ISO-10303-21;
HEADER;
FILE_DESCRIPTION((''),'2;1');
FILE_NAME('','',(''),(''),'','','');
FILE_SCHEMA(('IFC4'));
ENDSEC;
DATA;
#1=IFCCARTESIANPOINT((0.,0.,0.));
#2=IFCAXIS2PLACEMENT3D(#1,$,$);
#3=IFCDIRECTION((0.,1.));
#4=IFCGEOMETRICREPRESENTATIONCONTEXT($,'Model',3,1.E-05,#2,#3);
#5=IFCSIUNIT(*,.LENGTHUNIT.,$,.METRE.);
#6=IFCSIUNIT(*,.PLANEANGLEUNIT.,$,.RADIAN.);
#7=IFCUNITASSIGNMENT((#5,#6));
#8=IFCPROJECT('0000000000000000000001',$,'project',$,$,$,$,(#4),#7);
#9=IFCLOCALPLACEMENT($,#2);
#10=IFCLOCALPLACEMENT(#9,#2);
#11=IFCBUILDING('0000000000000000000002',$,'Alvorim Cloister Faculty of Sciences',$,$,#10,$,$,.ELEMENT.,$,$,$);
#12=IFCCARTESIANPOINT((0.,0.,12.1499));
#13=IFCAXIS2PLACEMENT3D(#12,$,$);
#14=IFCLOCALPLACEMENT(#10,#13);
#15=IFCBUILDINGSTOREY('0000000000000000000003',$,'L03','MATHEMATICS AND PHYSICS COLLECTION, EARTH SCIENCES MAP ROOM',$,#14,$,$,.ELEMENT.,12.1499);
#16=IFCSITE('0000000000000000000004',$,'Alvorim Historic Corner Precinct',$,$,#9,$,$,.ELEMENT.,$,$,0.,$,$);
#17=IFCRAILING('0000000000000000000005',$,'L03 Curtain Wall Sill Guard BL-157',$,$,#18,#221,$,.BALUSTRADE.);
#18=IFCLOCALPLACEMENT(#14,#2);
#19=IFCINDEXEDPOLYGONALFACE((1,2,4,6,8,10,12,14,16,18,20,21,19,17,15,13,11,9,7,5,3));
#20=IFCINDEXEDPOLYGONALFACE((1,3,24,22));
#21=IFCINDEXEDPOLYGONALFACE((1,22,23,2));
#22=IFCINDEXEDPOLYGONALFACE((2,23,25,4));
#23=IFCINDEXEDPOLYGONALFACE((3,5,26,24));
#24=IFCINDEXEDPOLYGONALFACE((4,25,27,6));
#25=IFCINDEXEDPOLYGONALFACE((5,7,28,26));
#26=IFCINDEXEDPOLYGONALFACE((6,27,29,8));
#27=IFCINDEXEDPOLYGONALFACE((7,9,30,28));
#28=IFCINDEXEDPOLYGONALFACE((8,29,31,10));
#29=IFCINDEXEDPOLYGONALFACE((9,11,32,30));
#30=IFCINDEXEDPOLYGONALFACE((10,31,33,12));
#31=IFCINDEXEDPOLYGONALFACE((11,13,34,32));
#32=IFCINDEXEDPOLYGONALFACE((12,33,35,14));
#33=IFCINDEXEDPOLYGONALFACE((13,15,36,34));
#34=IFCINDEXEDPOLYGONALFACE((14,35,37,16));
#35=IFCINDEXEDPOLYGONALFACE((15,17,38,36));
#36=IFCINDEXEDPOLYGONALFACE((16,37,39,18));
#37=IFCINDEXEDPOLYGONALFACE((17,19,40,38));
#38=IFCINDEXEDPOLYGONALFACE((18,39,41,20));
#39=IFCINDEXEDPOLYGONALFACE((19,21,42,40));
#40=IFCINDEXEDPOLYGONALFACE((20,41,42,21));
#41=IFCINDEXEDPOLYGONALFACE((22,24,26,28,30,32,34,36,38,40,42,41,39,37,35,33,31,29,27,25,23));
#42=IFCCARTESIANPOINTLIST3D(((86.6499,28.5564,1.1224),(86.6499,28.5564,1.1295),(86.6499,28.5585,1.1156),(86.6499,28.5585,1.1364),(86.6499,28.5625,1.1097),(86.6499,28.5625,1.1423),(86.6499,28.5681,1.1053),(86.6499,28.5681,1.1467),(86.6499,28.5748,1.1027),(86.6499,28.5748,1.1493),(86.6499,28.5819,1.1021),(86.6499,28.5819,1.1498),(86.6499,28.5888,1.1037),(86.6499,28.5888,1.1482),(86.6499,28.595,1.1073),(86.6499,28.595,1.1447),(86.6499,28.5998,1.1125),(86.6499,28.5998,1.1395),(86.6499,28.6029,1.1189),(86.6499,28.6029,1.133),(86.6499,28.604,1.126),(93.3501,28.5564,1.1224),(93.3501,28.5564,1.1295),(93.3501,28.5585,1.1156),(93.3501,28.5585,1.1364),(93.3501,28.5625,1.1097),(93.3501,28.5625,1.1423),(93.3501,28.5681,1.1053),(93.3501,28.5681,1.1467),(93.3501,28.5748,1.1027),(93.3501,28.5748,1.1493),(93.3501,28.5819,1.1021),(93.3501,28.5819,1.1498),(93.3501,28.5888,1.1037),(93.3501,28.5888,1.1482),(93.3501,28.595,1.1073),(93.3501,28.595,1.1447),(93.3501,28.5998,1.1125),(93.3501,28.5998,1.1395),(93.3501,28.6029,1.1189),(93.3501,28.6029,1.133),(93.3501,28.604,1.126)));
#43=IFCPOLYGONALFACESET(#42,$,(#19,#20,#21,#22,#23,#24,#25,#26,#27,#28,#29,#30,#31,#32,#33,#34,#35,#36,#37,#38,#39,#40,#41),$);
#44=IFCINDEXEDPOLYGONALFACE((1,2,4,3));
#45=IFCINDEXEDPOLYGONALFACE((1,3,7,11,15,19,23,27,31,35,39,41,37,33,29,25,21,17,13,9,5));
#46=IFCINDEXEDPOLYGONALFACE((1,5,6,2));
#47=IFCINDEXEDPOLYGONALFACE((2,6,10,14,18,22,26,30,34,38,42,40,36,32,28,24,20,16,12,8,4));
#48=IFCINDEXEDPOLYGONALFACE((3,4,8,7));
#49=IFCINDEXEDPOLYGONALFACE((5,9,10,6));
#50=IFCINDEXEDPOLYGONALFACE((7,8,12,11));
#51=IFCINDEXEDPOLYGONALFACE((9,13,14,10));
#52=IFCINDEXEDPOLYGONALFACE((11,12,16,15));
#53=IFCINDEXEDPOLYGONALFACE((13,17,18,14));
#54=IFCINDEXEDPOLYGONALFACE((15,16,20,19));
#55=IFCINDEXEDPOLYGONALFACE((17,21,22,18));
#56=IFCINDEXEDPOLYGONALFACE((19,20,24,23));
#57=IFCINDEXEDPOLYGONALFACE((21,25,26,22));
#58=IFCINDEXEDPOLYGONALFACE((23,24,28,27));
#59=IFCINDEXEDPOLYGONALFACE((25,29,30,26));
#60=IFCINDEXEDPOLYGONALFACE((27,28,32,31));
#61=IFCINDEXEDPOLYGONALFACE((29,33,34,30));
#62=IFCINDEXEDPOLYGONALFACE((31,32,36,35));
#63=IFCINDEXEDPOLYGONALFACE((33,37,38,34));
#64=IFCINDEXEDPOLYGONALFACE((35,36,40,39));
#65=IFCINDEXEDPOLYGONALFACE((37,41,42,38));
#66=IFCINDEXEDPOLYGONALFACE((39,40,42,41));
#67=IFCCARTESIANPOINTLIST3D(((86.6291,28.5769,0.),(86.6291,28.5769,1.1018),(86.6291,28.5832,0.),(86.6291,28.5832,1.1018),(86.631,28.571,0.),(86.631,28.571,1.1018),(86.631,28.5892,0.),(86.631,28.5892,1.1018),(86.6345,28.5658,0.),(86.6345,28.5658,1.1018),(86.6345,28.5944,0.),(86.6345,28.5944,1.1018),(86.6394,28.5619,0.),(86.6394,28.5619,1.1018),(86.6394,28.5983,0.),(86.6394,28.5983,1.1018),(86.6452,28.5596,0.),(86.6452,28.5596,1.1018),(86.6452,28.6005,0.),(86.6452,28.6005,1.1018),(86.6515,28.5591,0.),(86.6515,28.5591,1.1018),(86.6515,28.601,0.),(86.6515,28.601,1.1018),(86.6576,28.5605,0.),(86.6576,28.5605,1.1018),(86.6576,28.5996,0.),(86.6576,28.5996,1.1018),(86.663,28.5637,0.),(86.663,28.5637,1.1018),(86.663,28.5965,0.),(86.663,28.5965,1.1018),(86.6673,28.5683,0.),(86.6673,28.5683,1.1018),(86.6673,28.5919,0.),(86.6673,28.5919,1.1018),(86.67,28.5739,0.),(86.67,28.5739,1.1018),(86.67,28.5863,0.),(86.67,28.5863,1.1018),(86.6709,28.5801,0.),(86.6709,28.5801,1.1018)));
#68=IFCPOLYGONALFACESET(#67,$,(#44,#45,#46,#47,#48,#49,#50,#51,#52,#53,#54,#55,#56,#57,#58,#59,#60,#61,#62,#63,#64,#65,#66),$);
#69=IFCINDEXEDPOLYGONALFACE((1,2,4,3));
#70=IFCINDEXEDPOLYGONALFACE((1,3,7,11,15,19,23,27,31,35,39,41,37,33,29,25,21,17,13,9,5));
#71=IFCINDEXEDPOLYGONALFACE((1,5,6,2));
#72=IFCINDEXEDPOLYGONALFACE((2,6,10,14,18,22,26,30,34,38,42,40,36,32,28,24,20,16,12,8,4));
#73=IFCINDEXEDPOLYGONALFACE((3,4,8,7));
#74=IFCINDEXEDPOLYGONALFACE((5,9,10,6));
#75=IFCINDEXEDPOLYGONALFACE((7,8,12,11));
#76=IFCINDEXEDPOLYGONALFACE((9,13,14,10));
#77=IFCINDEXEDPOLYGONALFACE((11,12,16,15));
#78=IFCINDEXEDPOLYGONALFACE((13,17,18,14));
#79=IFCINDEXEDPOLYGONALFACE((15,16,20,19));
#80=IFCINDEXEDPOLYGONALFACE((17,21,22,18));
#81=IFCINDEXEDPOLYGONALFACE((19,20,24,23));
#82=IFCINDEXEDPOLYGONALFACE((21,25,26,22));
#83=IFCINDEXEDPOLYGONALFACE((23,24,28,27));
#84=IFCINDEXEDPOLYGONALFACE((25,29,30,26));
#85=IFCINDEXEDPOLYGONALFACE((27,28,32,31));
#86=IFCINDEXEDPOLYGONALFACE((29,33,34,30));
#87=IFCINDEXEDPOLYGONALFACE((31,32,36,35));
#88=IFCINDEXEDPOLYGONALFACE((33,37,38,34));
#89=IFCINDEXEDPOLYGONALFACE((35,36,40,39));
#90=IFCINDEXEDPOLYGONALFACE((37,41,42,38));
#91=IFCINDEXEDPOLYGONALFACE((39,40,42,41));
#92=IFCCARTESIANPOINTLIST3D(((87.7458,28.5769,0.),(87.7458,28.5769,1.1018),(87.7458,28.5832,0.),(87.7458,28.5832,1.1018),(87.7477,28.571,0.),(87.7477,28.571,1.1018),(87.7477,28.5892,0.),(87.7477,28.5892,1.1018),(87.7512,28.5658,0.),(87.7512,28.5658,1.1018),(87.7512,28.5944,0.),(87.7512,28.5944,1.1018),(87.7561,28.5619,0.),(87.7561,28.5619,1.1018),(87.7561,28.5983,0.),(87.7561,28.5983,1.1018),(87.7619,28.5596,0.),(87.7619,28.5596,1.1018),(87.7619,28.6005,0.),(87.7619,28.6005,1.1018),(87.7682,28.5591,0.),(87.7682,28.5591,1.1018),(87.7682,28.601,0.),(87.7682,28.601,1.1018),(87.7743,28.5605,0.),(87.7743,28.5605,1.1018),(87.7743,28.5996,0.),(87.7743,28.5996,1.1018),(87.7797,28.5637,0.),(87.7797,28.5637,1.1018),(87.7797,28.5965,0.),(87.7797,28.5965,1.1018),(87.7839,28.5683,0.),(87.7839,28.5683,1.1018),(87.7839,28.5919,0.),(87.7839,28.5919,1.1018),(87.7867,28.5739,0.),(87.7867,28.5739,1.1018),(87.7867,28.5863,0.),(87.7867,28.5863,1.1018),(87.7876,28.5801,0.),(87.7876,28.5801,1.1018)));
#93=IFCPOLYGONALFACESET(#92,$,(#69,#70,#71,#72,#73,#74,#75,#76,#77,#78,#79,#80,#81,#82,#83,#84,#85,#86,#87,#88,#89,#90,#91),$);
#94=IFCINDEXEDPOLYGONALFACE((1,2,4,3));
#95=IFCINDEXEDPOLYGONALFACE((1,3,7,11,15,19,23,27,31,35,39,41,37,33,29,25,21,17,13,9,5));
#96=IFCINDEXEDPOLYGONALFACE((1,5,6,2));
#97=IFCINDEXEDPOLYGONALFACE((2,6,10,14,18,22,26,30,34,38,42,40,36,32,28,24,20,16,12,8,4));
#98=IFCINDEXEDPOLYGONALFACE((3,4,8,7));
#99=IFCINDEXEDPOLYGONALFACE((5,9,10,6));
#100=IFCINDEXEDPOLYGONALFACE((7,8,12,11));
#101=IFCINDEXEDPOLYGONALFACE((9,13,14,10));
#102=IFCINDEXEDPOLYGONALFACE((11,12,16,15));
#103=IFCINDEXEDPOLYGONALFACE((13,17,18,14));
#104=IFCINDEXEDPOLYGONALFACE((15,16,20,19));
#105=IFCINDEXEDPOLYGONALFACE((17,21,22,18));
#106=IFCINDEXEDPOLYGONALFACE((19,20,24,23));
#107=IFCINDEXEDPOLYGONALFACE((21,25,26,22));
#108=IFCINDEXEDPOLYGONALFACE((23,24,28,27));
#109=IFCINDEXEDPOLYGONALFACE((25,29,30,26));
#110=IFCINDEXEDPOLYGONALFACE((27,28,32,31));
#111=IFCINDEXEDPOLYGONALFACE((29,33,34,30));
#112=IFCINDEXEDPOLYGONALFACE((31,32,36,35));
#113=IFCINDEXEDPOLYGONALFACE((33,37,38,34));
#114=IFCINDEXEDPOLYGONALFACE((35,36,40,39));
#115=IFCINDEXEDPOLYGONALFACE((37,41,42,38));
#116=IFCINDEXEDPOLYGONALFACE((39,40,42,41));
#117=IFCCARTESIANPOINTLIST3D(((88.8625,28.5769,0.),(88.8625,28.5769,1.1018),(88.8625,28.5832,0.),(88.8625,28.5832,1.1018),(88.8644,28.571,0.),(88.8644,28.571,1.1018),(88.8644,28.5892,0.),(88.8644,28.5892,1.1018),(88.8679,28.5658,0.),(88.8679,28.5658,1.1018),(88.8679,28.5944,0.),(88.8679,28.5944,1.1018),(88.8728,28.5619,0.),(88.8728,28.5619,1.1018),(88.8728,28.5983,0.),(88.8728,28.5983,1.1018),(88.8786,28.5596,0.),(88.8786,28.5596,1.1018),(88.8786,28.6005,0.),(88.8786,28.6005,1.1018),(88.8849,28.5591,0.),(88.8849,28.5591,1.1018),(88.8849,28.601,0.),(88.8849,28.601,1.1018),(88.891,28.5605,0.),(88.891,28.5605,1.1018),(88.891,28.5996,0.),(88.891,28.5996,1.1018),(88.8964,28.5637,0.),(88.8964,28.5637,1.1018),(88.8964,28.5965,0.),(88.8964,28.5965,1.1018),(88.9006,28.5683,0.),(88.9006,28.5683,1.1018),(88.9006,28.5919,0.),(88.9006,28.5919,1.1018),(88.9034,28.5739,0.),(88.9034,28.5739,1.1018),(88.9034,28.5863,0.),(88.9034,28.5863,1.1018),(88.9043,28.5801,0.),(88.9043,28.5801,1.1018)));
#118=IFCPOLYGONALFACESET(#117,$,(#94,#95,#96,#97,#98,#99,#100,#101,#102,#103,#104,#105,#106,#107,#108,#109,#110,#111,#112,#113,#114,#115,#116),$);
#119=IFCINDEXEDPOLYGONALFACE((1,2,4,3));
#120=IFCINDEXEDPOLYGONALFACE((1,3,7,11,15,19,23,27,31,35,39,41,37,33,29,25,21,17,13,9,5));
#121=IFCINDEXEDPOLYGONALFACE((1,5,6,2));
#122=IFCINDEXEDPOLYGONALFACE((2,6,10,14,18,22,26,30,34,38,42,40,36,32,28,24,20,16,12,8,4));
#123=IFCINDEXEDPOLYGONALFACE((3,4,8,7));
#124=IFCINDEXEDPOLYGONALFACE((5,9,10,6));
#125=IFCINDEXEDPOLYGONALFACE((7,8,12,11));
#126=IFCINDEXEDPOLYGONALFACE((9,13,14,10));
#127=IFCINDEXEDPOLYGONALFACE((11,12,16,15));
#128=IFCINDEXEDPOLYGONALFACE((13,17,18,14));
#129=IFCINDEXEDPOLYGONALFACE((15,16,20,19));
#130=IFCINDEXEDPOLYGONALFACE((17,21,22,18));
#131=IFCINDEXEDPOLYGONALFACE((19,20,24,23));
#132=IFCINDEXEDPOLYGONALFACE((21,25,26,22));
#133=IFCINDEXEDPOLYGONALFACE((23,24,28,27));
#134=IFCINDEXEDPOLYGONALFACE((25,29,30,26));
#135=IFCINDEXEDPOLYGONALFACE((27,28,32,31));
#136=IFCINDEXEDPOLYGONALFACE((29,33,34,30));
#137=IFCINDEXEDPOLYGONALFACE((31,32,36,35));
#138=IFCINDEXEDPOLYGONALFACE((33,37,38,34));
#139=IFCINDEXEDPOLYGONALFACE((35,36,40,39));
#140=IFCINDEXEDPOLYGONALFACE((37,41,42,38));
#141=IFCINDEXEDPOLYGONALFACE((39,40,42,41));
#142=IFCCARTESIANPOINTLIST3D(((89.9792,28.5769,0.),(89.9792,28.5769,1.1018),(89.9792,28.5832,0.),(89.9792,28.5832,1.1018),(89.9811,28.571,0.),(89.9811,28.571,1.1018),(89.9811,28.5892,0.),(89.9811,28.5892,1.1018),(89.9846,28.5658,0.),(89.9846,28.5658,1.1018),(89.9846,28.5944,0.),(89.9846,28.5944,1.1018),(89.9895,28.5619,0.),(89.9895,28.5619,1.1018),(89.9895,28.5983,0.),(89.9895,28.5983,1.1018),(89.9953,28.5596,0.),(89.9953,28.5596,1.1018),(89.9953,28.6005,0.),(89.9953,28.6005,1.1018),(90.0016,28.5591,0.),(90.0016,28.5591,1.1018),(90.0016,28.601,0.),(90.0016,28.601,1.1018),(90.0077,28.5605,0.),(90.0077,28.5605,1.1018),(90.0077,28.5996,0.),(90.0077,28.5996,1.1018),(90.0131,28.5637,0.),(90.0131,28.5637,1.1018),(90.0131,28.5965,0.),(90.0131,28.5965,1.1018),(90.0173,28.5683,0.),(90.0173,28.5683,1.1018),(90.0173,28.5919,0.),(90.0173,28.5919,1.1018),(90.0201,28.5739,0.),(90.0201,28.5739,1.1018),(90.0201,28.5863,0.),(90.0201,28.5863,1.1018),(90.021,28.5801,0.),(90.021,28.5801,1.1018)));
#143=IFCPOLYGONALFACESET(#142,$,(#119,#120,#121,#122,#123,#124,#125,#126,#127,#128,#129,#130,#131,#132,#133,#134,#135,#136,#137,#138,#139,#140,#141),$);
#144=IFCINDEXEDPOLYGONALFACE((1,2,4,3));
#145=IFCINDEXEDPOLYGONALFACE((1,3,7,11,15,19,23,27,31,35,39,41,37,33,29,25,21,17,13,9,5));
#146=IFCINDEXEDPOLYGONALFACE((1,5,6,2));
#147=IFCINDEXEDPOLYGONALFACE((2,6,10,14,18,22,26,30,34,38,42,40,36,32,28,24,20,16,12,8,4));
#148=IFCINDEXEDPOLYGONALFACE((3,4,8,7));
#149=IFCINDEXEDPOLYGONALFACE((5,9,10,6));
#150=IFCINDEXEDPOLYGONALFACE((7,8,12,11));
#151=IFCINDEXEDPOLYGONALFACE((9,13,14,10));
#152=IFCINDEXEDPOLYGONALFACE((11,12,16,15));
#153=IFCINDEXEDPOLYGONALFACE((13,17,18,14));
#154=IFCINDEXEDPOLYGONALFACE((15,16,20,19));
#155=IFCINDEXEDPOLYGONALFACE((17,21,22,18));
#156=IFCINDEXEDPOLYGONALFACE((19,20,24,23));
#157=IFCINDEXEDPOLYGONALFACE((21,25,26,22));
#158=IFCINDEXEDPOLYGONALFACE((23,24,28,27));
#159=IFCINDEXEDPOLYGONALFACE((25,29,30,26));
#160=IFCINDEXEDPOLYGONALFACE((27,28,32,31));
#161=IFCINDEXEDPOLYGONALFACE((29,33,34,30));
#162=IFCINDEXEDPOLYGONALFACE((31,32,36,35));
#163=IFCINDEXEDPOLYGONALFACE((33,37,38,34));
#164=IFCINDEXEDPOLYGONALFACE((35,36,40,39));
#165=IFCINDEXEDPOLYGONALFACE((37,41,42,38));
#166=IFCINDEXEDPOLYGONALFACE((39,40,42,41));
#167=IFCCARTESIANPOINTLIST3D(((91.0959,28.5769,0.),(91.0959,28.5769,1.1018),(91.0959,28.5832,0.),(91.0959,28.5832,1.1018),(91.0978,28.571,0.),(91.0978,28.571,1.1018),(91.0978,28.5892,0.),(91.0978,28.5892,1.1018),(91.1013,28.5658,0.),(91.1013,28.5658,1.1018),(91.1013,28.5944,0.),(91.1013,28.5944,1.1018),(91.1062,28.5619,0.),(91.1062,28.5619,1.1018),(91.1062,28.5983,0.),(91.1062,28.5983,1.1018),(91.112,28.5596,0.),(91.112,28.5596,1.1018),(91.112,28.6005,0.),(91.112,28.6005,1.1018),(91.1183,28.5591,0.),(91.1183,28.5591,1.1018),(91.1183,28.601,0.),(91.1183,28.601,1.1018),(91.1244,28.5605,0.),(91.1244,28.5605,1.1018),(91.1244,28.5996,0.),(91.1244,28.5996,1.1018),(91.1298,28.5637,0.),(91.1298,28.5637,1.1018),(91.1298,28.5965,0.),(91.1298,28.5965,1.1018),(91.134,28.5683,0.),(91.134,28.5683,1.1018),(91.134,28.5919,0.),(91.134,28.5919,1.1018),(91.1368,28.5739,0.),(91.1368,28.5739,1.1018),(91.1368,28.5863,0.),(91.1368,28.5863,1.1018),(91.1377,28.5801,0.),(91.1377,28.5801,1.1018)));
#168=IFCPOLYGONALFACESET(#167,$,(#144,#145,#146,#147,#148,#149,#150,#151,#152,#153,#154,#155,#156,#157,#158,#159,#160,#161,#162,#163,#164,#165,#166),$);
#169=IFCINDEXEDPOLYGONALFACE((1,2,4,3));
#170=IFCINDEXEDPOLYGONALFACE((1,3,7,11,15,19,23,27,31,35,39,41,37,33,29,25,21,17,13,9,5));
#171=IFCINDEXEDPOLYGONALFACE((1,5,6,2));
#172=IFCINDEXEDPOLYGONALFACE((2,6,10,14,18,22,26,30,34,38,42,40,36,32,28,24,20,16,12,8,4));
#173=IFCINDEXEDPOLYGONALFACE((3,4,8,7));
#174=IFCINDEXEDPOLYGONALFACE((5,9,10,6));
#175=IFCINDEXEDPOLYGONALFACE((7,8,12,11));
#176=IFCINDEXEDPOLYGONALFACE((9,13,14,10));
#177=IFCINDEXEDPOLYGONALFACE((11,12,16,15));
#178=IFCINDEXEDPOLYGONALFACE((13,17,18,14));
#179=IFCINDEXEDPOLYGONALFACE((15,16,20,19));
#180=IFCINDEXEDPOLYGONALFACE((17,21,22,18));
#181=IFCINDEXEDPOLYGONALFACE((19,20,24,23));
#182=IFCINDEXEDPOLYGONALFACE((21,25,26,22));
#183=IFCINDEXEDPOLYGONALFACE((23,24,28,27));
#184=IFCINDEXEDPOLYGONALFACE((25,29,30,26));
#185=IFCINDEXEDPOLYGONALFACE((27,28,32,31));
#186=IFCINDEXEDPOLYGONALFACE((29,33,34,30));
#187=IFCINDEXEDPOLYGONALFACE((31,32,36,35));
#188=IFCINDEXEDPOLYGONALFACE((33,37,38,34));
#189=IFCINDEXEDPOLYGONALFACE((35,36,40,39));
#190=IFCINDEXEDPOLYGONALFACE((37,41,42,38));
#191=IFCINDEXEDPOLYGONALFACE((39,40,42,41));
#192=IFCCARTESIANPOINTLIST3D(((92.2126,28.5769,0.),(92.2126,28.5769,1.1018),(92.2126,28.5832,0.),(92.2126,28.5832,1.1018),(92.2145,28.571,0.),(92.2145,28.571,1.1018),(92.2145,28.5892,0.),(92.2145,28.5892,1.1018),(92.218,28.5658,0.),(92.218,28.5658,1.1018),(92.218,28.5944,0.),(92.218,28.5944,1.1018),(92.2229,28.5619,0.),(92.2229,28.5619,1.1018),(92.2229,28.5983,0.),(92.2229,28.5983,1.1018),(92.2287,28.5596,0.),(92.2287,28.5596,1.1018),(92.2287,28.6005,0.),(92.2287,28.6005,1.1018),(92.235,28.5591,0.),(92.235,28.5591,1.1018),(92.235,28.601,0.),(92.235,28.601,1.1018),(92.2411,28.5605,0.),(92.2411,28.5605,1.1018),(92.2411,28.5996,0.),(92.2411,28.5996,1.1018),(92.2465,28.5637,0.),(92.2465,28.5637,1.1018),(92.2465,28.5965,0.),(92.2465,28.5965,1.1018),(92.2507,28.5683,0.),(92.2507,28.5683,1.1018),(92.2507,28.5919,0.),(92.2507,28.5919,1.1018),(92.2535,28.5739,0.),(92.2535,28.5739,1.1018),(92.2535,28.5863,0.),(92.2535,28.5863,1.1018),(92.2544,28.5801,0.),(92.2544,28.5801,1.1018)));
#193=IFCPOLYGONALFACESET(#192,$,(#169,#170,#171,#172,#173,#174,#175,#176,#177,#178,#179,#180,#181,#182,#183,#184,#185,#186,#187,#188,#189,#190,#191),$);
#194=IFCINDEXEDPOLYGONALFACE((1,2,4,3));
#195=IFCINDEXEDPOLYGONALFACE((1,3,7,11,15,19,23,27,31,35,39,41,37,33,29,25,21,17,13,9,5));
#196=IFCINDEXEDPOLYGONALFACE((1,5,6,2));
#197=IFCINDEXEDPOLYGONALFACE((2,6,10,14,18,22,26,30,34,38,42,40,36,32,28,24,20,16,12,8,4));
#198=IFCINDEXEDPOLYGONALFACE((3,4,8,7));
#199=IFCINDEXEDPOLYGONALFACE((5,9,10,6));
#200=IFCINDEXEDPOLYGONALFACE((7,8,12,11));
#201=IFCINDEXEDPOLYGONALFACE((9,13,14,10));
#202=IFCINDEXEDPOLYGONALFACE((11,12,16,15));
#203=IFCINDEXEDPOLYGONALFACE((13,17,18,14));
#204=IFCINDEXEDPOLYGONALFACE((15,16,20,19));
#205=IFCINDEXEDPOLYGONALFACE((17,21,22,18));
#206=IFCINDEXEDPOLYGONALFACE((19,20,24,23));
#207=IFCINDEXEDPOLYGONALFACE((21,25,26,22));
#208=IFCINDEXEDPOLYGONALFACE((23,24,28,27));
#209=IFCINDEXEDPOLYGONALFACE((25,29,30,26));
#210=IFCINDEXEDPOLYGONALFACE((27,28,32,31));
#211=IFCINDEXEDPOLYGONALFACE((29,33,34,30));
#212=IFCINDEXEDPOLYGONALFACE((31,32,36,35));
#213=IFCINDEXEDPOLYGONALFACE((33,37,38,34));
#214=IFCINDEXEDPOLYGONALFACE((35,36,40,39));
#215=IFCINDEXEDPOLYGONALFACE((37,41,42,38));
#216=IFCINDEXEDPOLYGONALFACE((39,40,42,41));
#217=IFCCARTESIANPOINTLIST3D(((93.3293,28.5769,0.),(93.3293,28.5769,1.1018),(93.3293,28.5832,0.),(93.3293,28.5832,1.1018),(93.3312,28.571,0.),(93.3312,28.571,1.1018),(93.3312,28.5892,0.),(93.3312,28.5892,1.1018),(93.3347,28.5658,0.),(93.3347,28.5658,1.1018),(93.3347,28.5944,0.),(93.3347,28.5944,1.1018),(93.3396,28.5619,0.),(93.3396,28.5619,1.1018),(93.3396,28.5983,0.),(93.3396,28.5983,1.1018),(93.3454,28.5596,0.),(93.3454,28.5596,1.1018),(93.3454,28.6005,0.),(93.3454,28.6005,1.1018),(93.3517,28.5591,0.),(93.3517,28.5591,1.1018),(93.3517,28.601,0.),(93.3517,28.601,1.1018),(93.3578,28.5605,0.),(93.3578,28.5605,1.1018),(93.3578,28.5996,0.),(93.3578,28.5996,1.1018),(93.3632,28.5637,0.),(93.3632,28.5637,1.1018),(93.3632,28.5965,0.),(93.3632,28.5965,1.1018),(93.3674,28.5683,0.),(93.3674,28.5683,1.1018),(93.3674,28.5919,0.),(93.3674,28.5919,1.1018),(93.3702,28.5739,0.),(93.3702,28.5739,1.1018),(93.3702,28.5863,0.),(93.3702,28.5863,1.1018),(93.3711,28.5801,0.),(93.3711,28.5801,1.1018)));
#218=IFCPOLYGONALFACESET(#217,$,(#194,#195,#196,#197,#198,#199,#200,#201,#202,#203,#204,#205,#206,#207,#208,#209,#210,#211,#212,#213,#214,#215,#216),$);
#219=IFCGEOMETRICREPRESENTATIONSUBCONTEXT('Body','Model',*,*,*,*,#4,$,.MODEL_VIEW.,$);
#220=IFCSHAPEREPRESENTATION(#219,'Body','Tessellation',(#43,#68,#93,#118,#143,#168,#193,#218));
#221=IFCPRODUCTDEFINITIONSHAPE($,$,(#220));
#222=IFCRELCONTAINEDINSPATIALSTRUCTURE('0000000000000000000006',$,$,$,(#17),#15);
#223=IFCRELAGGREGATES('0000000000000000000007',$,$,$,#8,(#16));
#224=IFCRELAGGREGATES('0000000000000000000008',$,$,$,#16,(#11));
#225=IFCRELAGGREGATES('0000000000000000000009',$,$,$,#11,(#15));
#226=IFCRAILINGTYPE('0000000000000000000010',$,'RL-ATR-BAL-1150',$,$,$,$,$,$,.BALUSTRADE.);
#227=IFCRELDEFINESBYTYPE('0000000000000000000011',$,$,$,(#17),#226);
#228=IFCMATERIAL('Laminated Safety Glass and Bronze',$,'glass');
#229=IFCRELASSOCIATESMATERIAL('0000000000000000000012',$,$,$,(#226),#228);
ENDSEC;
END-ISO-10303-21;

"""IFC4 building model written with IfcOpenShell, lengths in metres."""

from ifc_helpers import new_model, si_unit, direction, frame, origin, origin_2d, place, context, subcontext, project, spatial, circle, extrude, material, type_object, element, save


model = new_model("IFC4")

# Units and contexts
model_context = context("Model", 3, precision=1e-05, world=origin(), true_north=direction((0.0, 1.0)))
body_context = subcontext(model_context, "Body", "Model", "MODEL_VIEW")
ifc_project = project(units=[si_unit("LENGTHUNIT", "METRE"), si_unit("PLANEANGLEUNIT", "RADIAN")], contexts=[model_context])

# Site, building, storey
site_placement = place(None, origin())
site = spatial("IfcSite", under=ifc_project, at=site_placement, Name="Alvorim Historic Corner Precinct", CompositionType="ELEMENT", RefElevation=0.0)
building_placement = place(site_placement, origin())
building = spatial("IfcBuilding", under=site, at=building_placement, Name="Alvorim Cloister Faculty of Sciences", CompositionType="ELEMENT")
storey_placement = place(building_placement, frame((0.0, 0.0, 12.1499)))
storey = spatial("IfcBuildingStorey", under=building, at=storey_placement, Name="L03", Description="MATHEMATICS AND PHYSICS COLLECTION, EARTH SCIENCES MAP ROOM", CompositionType="ELEMENT", Elevation=12.1499)

# Railing
ifc_material_1 = material(Name="Laminated Safety Glass and Bronze", Category="glass")
railing_type = type_object("IfcRailingType", Name="RL-ATR-BAL-1150", PredefinedType="BALUSTRADE", material=ifc_material_1)
railing_placement = place(storey_placement, frame((86.6499, 28.5801, 0.0)))
element("IfcRailing", 1, at=railing_placement, inside=storey, type_object=railing_type, Name="L03 Curtain Wall Sill Guard BL-157", PredefinedType="BALUSTRADE", context=body_context, shape_type="SweptSolid", body=[
    extrude(circle(Radius=0.0239, at=origin_2d()), frame((0.0, 0.0, 1.126), z_axis=(1.0, 0.0, 0.0), x_axis=(0.0, 1.0, 0.0)), (0.0, 0.0, 1.0), 6.7002),
    extrude(circle(Radius=0.021, at=origin_2d()), origin(), (0.0, 0.0, 1.0), 1.1018),
    extrude(circle(Radius=0.021, at=origin_2d()), frame((1.1167, 0.0, 0.0)), (0.0, 0.0, 1.0), 1.1018),
    extrude(circle(Radius=0.021, at=origin_2d()), frame((2.2334, 0.0, 0.0)), (0.0, 0.0, 1.0), 1.1018),
    extrude(circle(Radius=0.021, at=origin_2d()), frame((3.3501, 0.0, 0.0)), (0.0, 0.0, 1.0), 1.1018),
    extrude(circle(Radius=0.021, at=origin_2d()), frame((4.4668, 0.0, 0.0)), (0.0, 0.0, 1.0), 1.1018),
    extrude(circle(Radius=0.021, at=origin_2d()), frame((5.5835, 0.0, 0.0)), (0.0, 0.0, 1.0), 1.1018),
    extrude(circle(Radius=0.021, at=origin_2d()), frame((6.7002, 0.0, 0.0)), (0.0, 0.0, 1.0), 1.1018),
])

save(model, "model.ifc")
